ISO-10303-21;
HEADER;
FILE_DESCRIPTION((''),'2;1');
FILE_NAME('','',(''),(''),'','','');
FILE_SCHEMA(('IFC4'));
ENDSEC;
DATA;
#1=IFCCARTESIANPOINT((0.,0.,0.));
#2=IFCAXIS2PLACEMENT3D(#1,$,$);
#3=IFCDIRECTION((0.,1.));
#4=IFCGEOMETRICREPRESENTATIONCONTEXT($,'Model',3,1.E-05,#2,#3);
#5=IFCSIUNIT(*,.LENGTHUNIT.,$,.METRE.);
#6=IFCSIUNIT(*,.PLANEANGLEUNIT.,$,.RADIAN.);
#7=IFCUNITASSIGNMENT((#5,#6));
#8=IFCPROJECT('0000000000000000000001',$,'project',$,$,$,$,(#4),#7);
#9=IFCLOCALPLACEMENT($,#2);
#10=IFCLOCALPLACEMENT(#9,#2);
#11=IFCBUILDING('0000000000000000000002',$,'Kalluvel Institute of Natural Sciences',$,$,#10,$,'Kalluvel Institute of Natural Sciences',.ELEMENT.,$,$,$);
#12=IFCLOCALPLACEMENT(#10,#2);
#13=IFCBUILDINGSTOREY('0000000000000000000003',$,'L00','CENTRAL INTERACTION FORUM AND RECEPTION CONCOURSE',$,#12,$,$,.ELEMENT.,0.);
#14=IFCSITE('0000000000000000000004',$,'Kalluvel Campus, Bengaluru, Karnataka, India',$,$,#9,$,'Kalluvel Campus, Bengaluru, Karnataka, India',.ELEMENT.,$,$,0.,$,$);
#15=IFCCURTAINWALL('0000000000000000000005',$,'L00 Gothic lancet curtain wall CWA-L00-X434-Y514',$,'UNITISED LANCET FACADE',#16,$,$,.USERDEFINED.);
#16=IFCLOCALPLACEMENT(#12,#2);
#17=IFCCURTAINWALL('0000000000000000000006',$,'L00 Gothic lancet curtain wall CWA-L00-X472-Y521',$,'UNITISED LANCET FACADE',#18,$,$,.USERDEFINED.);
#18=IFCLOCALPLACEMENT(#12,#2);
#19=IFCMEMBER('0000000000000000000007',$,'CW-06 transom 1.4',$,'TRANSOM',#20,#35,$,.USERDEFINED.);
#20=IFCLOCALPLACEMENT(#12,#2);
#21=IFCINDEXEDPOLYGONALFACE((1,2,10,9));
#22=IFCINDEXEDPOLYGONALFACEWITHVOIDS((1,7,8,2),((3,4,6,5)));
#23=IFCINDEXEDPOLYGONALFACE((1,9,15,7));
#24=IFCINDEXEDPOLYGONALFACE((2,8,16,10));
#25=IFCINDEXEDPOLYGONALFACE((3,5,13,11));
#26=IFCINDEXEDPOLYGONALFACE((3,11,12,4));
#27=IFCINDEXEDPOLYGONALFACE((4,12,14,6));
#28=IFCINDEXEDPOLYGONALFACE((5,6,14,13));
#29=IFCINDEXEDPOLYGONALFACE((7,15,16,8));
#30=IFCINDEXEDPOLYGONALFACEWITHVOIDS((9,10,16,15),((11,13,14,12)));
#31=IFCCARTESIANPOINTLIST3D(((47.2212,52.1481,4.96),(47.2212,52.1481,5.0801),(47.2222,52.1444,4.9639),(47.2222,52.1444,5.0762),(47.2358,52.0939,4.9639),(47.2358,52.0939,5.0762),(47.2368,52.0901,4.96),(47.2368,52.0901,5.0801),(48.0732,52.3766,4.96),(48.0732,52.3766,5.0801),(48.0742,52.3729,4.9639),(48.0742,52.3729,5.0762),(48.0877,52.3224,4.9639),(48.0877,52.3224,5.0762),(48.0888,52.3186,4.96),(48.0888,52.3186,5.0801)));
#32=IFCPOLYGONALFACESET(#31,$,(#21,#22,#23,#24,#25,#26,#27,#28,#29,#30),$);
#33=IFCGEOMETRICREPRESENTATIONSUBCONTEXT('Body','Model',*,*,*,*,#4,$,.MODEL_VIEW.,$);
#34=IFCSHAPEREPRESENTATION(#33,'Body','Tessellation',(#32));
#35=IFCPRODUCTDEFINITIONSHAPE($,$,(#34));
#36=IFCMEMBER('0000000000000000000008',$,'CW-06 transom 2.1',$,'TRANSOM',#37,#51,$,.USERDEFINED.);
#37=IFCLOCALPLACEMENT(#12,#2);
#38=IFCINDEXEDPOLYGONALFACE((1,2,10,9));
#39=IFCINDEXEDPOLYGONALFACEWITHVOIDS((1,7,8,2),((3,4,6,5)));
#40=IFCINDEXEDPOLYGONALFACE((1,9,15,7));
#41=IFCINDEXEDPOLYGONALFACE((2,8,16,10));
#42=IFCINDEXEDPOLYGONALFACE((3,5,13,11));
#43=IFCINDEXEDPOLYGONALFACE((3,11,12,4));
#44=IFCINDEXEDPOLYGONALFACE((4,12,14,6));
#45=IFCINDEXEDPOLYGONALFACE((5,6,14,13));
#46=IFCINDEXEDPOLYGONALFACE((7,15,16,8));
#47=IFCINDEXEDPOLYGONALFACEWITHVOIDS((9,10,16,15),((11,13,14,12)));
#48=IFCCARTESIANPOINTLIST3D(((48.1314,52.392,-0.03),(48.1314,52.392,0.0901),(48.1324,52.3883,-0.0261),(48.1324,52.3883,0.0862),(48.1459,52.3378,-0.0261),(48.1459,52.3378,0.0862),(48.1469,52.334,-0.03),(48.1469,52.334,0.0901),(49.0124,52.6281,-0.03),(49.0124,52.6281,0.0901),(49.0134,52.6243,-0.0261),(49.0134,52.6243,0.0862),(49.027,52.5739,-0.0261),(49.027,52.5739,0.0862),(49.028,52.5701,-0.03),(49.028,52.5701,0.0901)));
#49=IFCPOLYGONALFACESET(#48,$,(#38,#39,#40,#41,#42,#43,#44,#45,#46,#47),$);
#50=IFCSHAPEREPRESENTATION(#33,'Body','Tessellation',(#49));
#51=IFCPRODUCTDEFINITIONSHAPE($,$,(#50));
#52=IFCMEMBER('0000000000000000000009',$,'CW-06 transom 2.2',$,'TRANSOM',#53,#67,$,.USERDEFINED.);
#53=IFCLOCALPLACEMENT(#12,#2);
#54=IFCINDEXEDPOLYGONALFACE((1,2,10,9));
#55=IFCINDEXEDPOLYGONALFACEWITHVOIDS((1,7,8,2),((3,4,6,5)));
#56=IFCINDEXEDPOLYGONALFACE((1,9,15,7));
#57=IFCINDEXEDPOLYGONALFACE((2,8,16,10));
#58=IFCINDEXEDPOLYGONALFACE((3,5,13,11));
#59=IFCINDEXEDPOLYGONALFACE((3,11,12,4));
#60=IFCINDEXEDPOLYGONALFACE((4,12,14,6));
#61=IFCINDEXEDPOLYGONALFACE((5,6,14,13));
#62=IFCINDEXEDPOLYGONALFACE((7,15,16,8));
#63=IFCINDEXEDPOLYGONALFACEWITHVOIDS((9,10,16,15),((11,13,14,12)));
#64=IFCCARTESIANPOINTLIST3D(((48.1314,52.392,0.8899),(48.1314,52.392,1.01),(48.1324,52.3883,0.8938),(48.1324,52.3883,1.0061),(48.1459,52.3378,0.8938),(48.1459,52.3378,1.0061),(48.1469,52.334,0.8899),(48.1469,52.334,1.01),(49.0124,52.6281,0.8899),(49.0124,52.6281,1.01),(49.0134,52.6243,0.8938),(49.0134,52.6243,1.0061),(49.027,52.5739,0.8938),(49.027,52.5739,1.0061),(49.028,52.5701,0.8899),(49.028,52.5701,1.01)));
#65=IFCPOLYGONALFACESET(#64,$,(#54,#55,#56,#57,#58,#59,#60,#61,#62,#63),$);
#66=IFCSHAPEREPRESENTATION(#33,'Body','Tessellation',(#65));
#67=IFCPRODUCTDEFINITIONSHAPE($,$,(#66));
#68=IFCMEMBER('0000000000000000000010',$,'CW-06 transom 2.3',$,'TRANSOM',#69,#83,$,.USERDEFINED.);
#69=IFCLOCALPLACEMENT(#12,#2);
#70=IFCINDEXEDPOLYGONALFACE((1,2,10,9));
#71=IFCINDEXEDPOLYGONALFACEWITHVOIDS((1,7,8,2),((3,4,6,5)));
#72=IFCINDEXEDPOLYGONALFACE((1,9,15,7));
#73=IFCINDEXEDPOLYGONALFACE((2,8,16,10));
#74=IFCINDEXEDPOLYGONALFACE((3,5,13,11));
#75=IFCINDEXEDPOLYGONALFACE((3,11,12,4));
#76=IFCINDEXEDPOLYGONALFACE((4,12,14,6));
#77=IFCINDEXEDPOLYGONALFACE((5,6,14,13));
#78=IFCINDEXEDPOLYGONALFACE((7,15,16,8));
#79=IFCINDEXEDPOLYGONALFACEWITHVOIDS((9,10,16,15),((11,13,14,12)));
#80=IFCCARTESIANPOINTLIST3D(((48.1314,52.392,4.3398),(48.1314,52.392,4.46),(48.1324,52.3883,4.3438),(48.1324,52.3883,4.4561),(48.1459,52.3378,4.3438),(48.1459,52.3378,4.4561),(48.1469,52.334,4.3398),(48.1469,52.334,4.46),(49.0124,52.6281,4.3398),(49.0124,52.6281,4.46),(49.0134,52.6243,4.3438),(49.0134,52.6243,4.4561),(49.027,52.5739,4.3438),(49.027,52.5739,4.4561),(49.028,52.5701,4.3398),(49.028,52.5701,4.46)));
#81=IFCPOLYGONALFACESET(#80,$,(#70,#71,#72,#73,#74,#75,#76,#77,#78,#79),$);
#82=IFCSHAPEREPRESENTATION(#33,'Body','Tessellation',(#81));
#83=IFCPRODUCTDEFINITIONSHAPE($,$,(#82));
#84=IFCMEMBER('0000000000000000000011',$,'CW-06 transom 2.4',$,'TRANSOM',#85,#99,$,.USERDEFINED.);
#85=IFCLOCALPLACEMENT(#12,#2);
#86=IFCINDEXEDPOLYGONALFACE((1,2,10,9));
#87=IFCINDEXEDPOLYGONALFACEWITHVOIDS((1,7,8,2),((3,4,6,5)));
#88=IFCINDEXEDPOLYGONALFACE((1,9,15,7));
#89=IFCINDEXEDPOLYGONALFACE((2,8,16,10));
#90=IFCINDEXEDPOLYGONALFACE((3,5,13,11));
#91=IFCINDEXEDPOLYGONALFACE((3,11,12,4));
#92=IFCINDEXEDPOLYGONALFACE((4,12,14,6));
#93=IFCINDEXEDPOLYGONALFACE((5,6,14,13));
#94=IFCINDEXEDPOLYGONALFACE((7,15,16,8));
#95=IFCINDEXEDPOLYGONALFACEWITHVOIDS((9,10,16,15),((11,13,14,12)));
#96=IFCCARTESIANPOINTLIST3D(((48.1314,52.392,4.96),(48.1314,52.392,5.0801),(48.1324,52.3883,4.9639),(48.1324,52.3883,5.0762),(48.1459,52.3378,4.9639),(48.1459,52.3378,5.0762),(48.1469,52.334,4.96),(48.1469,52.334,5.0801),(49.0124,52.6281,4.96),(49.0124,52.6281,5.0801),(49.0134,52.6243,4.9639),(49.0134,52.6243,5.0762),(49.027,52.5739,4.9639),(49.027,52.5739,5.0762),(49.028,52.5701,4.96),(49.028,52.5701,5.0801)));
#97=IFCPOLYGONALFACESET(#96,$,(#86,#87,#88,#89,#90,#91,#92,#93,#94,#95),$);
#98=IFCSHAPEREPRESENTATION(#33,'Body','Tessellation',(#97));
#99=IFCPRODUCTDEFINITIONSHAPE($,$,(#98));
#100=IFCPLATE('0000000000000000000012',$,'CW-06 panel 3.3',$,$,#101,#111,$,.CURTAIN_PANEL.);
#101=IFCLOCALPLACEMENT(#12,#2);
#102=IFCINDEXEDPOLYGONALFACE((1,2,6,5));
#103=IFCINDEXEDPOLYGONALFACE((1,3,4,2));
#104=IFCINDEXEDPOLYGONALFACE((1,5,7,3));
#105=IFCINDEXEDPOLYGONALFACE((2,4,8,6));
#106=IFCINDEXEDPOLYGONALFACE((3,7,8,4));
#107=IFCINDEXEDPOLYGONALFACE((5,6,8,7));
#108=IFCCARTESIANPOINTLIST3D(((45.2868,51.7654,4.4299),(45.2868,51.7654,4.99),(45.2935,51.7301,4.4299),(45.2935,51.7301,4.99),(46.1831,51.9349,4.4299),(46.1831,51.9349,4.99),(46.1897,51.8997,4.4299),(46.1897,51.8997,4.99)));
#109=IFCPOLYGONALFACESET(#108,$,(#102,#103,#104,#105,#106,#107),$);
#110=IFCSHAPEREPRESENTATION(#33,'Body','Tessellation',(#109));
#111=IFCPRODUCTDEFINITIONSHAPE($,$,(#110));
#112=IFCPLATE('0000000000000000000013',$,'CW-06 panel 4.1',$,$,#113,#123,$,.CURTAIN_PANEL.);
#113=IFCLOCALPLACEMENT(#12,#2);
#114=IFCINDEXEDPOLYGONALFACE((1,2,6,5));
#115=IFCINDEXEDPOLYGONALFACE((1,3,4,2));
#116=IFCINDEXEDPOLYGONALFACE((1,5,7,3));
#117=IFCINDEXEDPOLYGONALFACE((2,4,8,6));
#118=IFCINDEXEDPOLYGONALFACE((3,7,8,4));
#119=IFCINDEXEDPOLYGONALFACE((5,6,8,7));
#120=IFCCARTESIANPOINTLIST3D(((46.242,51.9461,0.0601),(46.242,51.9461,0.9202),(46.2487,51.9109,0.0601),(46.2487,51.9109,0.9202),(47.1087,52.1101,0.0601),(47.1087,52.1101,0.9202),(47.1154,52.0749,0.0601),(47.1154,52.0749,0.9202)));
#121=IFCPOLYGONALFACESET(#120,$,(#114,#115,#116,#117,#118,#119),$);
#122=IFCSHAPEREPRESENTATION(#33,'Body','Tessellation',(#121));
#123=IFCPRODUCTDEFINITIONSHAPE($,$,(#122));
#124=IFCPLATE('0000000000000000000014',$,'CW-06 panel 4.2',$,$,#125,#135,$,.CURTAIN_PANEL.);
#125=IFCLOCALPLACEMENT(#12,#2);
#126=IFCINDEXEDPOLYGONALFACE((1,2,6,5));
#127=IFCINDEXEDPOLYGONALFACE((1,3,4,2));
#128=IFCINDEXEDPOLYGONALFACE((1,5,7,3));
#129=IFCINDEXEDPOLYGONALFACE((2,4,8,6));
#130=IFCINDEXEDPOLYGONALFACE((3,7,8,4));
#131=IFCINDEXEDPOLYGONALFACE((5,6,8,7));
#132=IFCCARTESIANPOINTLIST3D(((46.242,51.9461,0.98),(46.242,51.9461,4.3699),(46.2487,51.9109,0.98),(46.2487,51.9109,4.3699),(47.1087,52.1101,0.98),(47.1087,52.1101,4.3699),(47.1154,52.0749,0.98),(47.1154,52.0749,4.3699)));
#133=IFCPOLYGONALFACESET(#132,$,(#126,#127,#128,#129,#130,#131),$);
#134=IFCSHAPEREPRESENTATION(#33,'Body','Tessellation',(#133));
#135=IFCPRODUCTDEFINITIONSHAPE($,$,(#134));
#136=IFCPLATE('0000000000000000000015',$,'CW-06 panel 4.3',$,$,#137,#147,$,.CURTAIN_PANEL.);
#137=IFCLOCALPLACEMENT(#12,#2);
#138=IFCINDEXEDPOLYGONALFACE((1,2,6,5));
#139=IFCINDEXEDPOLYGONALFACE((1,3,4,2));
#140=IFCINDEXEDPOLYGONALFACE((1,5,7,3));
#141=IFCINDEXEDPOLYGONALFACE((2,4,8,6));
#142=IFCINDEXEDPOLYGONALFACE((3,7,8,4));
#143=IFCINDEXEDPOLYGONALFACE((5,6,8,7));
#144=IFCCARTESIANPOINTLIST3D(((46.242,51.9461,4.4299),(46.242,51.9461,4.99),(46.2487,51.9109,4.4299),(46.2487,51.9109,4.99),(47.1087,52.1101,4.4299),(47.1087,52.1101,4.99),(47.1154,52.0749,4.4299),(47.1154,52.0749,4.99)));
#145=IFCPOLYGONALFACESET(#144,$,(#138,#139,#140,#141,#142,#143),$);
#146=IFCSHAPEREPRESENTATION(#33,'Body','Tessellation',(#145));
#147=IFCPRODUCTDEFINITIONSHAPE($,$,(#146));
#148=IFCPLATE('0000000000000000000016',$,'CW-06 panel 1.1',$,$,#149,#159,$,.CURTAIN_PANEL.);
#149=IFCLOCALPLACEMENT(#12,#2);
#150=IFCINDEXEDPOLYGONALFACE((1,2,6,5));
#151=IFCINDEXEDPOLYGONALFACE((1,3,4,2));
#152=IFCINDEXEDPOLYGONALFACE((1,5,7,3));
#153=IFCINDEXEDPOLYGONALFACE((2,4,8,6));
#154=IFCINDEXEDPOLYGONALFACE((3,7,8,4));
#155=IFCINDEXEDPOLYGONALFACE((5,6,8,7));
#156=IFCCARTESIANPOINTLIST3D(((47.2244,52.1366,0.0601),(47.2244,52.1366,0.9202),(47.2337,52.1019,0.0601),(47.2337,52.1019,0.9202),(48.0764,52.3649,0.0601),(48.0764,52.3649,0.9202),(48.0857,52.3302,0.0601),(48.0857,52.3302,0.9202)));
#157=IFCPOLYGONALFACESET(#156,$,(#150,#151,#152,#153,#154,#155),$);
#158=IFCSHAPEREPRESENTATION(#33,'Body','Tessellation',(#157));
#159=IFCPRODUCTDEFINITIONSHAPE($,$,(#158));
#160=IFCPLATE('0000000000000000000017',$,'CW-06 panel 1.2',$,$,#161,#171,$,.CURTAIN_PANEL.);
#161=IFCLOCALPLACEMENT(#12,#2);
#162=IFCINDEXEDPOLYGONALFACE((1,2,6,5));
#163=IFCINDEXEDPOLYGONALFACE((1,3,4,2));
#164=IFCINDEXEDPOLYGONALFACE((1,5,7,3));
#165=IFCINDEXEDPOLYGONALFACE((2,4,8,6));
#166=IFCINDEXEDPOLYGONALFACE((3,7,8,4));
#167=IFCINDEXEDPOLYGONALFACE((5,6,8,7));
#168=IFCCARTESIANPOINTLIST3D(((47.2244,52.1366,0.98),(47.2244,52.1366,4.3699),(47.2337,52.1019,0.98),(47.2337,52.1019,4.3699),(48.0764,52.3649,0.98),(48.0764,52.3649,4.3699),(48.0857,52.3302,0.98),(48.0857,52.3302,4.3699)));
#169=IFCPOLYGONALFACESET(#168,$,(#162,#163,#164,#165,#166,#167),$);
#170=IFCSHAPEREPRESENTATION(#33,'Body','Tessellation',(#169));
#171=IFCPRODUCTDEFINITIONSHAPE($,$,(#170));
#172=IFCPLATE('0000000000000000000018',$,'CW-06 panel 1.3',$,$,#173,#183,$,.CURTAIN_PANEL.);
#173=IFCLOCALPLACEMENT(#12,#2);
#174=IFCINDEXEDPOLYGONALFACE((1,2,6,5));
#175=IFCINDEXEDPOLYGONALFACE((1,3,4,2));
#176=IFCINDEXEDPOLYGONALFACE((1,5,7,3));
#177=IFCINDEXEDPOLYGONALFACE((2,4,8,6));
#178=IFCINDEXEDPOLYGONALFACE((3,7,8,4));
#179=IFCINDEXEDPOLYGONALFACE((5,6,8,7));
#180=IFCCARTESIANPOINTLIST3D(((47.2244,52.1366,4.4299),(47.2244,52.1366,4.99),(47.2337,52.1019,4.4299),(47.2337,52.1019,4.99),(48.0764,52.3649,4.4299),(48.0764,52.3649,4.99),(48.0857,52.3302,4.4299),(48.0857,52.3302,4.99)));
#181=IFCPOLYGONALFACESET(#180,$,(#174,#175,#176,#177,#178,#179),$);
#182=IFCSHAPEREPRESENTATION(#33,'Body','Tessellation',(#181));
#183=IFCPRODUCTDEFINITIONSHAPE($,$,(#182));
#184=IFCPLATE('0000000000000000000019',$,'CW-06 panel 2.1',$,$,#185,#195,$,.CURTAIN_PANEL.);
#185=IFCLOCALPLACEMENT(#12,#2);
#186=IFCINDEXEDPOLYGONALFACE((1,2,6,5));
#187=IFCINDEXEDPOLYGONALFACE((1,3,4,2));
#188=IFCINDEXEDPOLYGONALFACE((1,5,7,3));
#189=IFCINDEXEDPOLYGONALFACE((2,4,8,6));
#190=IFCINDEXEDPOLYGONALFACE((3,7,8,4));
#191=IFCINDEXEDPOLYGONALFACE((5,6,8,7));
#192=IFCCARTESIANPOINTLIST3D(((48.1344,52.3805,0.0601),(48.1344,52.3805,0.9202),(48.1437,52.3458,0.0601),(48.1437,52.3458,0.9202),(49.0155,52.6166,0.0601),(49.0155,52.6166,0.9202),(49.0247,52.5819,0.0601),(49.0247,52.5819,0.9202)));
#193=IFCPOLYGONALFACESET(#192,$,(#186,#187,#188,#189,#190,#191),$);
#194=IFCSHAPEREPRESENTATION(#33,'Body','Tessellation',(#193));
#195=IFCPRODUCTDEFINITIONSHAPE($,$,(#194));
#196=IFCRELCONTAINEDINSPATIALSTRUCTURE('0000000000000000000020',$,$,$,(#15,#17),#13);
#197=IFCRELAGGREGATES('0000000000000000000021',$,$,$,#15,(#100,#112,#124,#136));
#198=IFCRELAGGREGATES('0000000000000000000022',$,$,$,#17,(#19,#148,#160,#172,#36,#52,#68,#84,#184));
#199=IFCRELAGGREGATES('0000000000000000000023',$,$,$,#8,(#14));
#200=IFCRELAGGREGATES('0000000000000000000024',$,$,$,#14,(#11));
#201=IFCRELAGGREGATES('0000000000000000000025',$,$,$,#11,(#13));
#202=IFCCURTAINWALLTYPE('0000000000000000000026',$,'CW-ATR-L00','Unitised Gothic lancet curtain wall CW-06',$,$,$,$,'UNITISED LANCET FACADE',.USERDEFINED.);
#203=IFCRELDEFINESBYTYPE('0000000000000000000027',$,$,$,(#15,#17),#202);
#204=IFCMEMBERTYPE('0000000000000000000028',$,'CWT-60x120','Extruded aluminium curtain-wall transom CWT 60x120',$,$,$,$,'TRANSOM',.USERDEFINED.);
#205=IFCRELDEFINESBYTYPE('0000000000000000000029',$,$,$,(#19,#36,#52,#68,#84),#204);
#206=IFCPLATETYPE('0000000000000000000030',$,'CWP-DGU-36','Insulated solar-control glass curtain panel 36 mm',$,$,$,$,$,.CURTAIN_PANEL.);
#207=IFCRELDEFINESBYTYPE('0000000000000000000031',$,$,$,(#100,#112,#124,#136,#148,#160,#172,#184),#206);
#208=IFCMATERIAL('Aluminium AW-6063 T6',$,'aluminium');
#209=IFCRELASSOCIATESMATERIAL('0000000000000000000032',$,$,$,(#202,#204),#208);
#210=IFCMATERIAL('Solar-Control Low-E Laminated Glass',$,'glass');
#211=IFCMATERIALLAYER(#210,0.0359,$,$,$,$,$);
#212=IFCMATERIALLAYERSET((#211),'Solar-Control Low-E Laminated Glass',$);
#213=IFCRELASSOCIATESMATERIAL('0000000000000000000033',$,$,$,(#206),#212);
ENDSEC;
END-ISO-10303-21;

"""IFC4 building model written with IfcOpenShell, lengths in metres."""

from ifc_helpers import new_model, si_unit, direction, frame, origin, origin_2d, place, context, subcontext, project, spatial, rectangle, hollow_rectangle, extrude, material, layer, layer_set, material_profile, profile_set, type_object, element, aggregate, save


model = new_model("IFC4")

# Units and contexts
model_context = context("Model", 3, precision=1e-05, world=origin(), true_north=direction((0.0, 1.0)))
body_context = subcontext(model_context, "Body", "Model", "MODEL_VIEW")
ifc_project = project(units=[si_unit("LENGTHUNIT", "METRE"), si_unit("PLANEANGLEUNIT", "RADIAN")], contexts=[model_context])

# Site, building, storey
site_placement = place(None, origin())
site = spatial("IfcSite", under=ifc_project, at=site_placement, Name="Kalluvel Campus, Bengaluru, Karnataka, India", LongName="Kalluvel Campus, Bengaluru, Karnataka, India", CompositionType="ELEMENT", RefElevation=0.0)
building_placement = place(site_placement, origin())
building = spatial("IfcBuilding", under=site, at=building_placement, Name="Kalluvel Institute of Natural Sciences", LongName="Kalluvel Institute of Natural Sciences", CompositionType="ELEMENT")
storey_placement = place(building_placement, origin())
storey = spatial("IfcBuildingStorey", under=building, at=storey_placement, Name="L00", Description="CENTRAL INTERACTION FORUM AND RECEPTION CONCOURSE", CompositionType="ELEMENT", Elevation=0.0)

# Curtain walls
ifc_material_1 = material(Name="Aluminium AW-6063 T6", Category="aluminium")
curtain_wall_type = type_object("IfcCurtainWallType", Name="CW-ATR-L00", Description="Unitised Gothic lancet curtain wall CW-06", ElementType="UNITISED LANCET FACADE", PredefinedType="USERDEFINED", material=ifc_material_1)
curtain_wall_1_placement = place(storey_placement, origin())
curtain_wall_1 = element("IfcCurtainWall", 1, at=curtain_wall_1_placement, inside=storey, type_object=curtain_wall_type, Name="L00 Gothic lancet curtain wall CWA-L00-X434-Y514", ObjectType="UNITISED LANCET FACADE", PredefinedType="USERDEFINED")
curtain_wall_2_placement = place(storey_placement, origin())
curtain_wall_2 = element("IfcCurtainWall", 2, at=curtain_wall_2_placement, inside=storey, type_object=curtain_wall_type, Name="L00 Gothic lancet curtain wall CWA-L00-X472-Y521", ObjectType="UNITISED LANCET FACADE", PredefinedType="USERDEFINED")

# Members
ifc_material_profile_1 = material_profile(ifc_material_1, hollow_rectangle(XDim=0.0601, YDim=0.1201, WallThickness=0.0039, at=origin_2d()), Name="CWT 60x120")
ifc_profile_set_1 = profile_set([ifc_material_profile_1], Name="Aluminium AW-6063 T6")
member_type_1 = type_object("IfcMemberType", Name="CWT-60x120", Description="Extruded aluminium curtain-wall transom CWT 60x120", ElementType="TRANSOM", PredefinedType="USERDEFINED", material=ifc_profile_set_1)
member_1_placement = place(storey_placement, frame((47.229, 52.1191, 5.02), z_axis=(0.965866, 0.25904, 0.0), x_axis=(-0.25904, 0.965866, 0.0)))
member_1 = element("IfcMember", 3, at=member_1_placement, type_object=member_type_1, Name="CW-06 transom 1.4", ObjectType="TRANSOM", PredefinedType="USERDEFINED", context=body_context, shape_type="SweptSolid", body=[
    extrude(hollow_rectangle(XDim=0.0601, YDim=0.1201, WallThickness=0.0039, at=origin_2d()), origin(), (0.0, 0.0, 1.0), 0.8821),
])
member_2_placement = place(storey_placement, frame((48.1392, 52.363, 0.03), z_axis=(0.965928, 0.258812, 0.0), x_axis=(-0.258812, 0.965928, 0.0)))
member_2 = element("IfcMember", 4, at=member_2_placement, type_object=member_type_1, Name="CW-06 transom 2.1", ObjectType="TRANSOM", PredefinedType="USERDEFINED", context=body_context, shape_type="SweptSolid", body=[
    extrude(hollow_rectangle(XDim=0.0601, YDim=0.1201, WallThickness=0.0039, at=origin_2d()), origin(), (0.0, 0.0, 1.0), 0.9121),
])
member_3_placement = place(storey_placement, frame((48.1392, 52.363, 0.95), z_axis=(0.965928, 0.258812, 0.0), x_axis=(-0.258812, 0.965928, 0.0)))
member_3 = element("IfcMember", 5, at=member_3_placement, type_object=member_type_1, Name="CW-06 transom 2.2", ObjectType="TRANSOM", PredefinedType="USERDEFINED", context=body_context, shape_type="SweptSolid", body=[
    extrude(hollow_rectangle(XDim=0.0601, YDim=0.1201, WallThickness=0.0039, at=origin_2d()), origin(), (0.0, 0.0, 1.0), 0.9121),
])
member_4_placement = place(storey_placement, frame((48.1392, 52.363, 4.3999), z_axis=(0.965928, 0.258812, 0.0), x_axis=(-0.258812, 0.965928, 0.0)))
member_4 = element("IfcMember", 6, at=member_4_placement, type_object=member_type_1, Name="CW-06 transom 2.3", ObjectType="TRANSOM", PredefinedType="USERDEFINED", context=body_context, shape_type="SweptSolid", body=[
    extrude(hollow_rectangle(XDim=0.0601, YDim=0.1201, WallThickness=0.0039, at=origin_2d()), origin(), (0.0, 0.0, 1.0), 0.9121),
])
member_5_placement = place(storey_placement, frame((48.1392, 52.363, 5.02), z_axis=(0.965928, 0.258812, 0.0), x_axis=(-0.258812, 0.965928, 0.0)))
member_5 = element("IfcMember", 7, at=member_5_placement, type_object=member_type_1, Name="CW-06 transom 2.4", ObjectType="TRANSOM", PredefinedType="USERDEFINED", context=body_context, shape_type="SweptSolid", body=[
    extrude(hollow_rectangle(XDim=0.0601, YDim=0.1201, WallThickness=0.0039, at=origin_2d()), origin(), (0.0, 0.0, 1.0), 0.9121),
])

# Plates
ifc_material_2 = material(Name="Solar-Control Low-E Laminated Glass", Category="glass")
ifc_layer = layer(ifc_material_2, 0.0359)
ifc_layer_set = layer_set([ifc_layer], Name="Solar-Control Low-E Laminated Glass")
plate_type = type_object("IfcPlateType", Name="CWP-DGU-36", Description="Insulated solar-control glass curtain panel 36 mm", PredefinedType="CURTAIN_PANEL", material=ifc_layer_set)
plate_1_placement = place(storey_placement, frame((45.7383, 51.8325, 4.4299), z_axis=(0.0, 0.0, 1.0), x_axis=(0.982569, 0.185898, 0.0)))
plate_1 = element("IfcPlate", 8, at=plate_1_placement, type_object=plate_type, Name="CW-06 panel 3.3", PredefinedType="CURTAIN_PANEL", context=body_context, shape_type="SweptSolid", body=[
    extrude(rectangle(XDim=0.9121, YDim=0.0359, at=origin_2d()), origin(), (0.0, 0.0, 1.0), 0.5601),
])
plate_2_placement = place(storey_placement, frame((46.6787, 52.0105, 0.0601), z_axis=(0.0, 0.0, 1.0), x_axis=(0.982569, 0.185898, 0.0)))
plate_2 = element("IfcPlate", 9, at=plate_2_placement, type_object=plate_type, Name="CW-06 panel 4.1", PredefinedType="CURTAIN_PANEL", context=body_context, shape_type="SweptSolid", body=[
    extrude(rectangle(XDim=0.8821, YDim=0.0359, at=origin_2d()), origin(), (0.0, 0.0, 1.0), 0.8601),
])
plate_3_placement = place(storey_placement, frame((46.6787, 52.0105, 0.98), z_axis=(0.0, 0.0, 1.0), x_axis=(0.982569, 0.185898, 0.0)))
plate_3 = element("IfcPlate", 10, at=plate_3_placement, type_object=plate_type, Name="CW-06 panel 4.2", PredefinedType="CURTAIN_PANEL", context=body_context, shape_type="SweptSolid", body=[
    extrude(rectangle(XDim=0.8821, YDim=0.0359, at=origin_2d()), origin(), (0.0, 0.0, 1.0), 3.3899),
])
plate_4_placement = place(storey_placement, frame((46.6787, 52.0105, 4.4299), z_axis=(0.0, 0.0, 1.0), x_axis=(0.982569, 0.185898, 0.0)))
plate_4 = element("IfcPlate", 11, at=plate_4_placement, type_object=plate_type, Name="CW-06 panel 4.3", PredefinedType="CURTAIN_PANEL", context=body_context, shape_type="SweptSolid", body=[
    extrude(rectangle(XDim=0.8821, YDim=0.0359, at=origin_2d()), origin(), (0.0, 0.0, 1.0), 0.5601),
])
aggregate(curtain_wall_1, [plate_1, plate_2, plate_3, plate_4])
plate_5_placement = place(storey_placement, frame((47.655, 52.2334, 0.0601), z_axis=(0.0, 0.0, 1.0), x_axis=(0.965924, 0.258826, 0.0)))
plate_5 = element("IfcPlate", 12, at=plate_5_placement, type_object=plate_type, Name="CW-06 panel 1.1", PredefinedType="CURTAIN_PANEL", context=body_context, shape_type="SweptSolid", body=[
    extrude(rectangle(XDim=0.8821, YDim=0.0359, at=origin_2d()), origin(), (0.0, 0.0, 1.0), 0.8601),
])
plate_6_placement = place(storey_placement, frame((47.655, 52.2334, 0.98), z_axis=(0.0, 0.0, 1.0), x_axis=(0.965924, 0.258826, 0.0)))
plate_6 = element("IfcPlate", 13, at=plate_6_placement, type_object=plate_type, Name="CW-06 panel 1.2", PredefinedType="CURTAIN_PANEL", context=body_context, shape_type="SweptSolid", body=[
    extrude(rectangle(XDim=0.8821, YDim=0.0359, at=origin_2d()), origin(), (0.0, 0.0, 1.0), 3.3899),
])
plate_7_placement = place(storey_placement, frame((47.655, 52.2334, 4.4299), z_axis=(0.0, 0.0, 1.0), x_axis=(0.965924, 0.258826, 0.0)))
plate_7 = element("IfcPlate", 14, at=plate_7_placement, type_object=plate_type, Name="CW-06 panel 1.3", PredefinedType="CURTAIN_PANEL", context=body_context, shape_type="SweptSolid", body=[
    extrude(rectangle(XDim=0.8821, YDim=0.0359, at=origin_2d()), origin(), (0.0, 0.0, 1.0), 0.5601),
])
plate_8_placement = place(storey_placement, frame((48.5796, 52.4812, 0.0601), z_axis=(0.0, 0.0, 1.0), x_axis=(0.965924, 0.258826, 0.0)))
plate_8 = element("IfcPlate", 15, at=plate_8_placement, type_object=plate_type, Name="CW-06 panel 2.1", PredefinedType="CURTAIN_PANEL", context=body_context, shape_type="SweptSolid", body=[
    extrude(rectangle(XDim=0.9121, YDim=0.0359, at=origin_2d()), origin(), (0.0, 0.0, 1.0), 0.8601),
])
aggregate(curtain_wall_2, [member_1, plate_5, plate_6, plate_7, member_2, member_3, member_4, member_5, plate_8])

save(model, "model.ifc")
